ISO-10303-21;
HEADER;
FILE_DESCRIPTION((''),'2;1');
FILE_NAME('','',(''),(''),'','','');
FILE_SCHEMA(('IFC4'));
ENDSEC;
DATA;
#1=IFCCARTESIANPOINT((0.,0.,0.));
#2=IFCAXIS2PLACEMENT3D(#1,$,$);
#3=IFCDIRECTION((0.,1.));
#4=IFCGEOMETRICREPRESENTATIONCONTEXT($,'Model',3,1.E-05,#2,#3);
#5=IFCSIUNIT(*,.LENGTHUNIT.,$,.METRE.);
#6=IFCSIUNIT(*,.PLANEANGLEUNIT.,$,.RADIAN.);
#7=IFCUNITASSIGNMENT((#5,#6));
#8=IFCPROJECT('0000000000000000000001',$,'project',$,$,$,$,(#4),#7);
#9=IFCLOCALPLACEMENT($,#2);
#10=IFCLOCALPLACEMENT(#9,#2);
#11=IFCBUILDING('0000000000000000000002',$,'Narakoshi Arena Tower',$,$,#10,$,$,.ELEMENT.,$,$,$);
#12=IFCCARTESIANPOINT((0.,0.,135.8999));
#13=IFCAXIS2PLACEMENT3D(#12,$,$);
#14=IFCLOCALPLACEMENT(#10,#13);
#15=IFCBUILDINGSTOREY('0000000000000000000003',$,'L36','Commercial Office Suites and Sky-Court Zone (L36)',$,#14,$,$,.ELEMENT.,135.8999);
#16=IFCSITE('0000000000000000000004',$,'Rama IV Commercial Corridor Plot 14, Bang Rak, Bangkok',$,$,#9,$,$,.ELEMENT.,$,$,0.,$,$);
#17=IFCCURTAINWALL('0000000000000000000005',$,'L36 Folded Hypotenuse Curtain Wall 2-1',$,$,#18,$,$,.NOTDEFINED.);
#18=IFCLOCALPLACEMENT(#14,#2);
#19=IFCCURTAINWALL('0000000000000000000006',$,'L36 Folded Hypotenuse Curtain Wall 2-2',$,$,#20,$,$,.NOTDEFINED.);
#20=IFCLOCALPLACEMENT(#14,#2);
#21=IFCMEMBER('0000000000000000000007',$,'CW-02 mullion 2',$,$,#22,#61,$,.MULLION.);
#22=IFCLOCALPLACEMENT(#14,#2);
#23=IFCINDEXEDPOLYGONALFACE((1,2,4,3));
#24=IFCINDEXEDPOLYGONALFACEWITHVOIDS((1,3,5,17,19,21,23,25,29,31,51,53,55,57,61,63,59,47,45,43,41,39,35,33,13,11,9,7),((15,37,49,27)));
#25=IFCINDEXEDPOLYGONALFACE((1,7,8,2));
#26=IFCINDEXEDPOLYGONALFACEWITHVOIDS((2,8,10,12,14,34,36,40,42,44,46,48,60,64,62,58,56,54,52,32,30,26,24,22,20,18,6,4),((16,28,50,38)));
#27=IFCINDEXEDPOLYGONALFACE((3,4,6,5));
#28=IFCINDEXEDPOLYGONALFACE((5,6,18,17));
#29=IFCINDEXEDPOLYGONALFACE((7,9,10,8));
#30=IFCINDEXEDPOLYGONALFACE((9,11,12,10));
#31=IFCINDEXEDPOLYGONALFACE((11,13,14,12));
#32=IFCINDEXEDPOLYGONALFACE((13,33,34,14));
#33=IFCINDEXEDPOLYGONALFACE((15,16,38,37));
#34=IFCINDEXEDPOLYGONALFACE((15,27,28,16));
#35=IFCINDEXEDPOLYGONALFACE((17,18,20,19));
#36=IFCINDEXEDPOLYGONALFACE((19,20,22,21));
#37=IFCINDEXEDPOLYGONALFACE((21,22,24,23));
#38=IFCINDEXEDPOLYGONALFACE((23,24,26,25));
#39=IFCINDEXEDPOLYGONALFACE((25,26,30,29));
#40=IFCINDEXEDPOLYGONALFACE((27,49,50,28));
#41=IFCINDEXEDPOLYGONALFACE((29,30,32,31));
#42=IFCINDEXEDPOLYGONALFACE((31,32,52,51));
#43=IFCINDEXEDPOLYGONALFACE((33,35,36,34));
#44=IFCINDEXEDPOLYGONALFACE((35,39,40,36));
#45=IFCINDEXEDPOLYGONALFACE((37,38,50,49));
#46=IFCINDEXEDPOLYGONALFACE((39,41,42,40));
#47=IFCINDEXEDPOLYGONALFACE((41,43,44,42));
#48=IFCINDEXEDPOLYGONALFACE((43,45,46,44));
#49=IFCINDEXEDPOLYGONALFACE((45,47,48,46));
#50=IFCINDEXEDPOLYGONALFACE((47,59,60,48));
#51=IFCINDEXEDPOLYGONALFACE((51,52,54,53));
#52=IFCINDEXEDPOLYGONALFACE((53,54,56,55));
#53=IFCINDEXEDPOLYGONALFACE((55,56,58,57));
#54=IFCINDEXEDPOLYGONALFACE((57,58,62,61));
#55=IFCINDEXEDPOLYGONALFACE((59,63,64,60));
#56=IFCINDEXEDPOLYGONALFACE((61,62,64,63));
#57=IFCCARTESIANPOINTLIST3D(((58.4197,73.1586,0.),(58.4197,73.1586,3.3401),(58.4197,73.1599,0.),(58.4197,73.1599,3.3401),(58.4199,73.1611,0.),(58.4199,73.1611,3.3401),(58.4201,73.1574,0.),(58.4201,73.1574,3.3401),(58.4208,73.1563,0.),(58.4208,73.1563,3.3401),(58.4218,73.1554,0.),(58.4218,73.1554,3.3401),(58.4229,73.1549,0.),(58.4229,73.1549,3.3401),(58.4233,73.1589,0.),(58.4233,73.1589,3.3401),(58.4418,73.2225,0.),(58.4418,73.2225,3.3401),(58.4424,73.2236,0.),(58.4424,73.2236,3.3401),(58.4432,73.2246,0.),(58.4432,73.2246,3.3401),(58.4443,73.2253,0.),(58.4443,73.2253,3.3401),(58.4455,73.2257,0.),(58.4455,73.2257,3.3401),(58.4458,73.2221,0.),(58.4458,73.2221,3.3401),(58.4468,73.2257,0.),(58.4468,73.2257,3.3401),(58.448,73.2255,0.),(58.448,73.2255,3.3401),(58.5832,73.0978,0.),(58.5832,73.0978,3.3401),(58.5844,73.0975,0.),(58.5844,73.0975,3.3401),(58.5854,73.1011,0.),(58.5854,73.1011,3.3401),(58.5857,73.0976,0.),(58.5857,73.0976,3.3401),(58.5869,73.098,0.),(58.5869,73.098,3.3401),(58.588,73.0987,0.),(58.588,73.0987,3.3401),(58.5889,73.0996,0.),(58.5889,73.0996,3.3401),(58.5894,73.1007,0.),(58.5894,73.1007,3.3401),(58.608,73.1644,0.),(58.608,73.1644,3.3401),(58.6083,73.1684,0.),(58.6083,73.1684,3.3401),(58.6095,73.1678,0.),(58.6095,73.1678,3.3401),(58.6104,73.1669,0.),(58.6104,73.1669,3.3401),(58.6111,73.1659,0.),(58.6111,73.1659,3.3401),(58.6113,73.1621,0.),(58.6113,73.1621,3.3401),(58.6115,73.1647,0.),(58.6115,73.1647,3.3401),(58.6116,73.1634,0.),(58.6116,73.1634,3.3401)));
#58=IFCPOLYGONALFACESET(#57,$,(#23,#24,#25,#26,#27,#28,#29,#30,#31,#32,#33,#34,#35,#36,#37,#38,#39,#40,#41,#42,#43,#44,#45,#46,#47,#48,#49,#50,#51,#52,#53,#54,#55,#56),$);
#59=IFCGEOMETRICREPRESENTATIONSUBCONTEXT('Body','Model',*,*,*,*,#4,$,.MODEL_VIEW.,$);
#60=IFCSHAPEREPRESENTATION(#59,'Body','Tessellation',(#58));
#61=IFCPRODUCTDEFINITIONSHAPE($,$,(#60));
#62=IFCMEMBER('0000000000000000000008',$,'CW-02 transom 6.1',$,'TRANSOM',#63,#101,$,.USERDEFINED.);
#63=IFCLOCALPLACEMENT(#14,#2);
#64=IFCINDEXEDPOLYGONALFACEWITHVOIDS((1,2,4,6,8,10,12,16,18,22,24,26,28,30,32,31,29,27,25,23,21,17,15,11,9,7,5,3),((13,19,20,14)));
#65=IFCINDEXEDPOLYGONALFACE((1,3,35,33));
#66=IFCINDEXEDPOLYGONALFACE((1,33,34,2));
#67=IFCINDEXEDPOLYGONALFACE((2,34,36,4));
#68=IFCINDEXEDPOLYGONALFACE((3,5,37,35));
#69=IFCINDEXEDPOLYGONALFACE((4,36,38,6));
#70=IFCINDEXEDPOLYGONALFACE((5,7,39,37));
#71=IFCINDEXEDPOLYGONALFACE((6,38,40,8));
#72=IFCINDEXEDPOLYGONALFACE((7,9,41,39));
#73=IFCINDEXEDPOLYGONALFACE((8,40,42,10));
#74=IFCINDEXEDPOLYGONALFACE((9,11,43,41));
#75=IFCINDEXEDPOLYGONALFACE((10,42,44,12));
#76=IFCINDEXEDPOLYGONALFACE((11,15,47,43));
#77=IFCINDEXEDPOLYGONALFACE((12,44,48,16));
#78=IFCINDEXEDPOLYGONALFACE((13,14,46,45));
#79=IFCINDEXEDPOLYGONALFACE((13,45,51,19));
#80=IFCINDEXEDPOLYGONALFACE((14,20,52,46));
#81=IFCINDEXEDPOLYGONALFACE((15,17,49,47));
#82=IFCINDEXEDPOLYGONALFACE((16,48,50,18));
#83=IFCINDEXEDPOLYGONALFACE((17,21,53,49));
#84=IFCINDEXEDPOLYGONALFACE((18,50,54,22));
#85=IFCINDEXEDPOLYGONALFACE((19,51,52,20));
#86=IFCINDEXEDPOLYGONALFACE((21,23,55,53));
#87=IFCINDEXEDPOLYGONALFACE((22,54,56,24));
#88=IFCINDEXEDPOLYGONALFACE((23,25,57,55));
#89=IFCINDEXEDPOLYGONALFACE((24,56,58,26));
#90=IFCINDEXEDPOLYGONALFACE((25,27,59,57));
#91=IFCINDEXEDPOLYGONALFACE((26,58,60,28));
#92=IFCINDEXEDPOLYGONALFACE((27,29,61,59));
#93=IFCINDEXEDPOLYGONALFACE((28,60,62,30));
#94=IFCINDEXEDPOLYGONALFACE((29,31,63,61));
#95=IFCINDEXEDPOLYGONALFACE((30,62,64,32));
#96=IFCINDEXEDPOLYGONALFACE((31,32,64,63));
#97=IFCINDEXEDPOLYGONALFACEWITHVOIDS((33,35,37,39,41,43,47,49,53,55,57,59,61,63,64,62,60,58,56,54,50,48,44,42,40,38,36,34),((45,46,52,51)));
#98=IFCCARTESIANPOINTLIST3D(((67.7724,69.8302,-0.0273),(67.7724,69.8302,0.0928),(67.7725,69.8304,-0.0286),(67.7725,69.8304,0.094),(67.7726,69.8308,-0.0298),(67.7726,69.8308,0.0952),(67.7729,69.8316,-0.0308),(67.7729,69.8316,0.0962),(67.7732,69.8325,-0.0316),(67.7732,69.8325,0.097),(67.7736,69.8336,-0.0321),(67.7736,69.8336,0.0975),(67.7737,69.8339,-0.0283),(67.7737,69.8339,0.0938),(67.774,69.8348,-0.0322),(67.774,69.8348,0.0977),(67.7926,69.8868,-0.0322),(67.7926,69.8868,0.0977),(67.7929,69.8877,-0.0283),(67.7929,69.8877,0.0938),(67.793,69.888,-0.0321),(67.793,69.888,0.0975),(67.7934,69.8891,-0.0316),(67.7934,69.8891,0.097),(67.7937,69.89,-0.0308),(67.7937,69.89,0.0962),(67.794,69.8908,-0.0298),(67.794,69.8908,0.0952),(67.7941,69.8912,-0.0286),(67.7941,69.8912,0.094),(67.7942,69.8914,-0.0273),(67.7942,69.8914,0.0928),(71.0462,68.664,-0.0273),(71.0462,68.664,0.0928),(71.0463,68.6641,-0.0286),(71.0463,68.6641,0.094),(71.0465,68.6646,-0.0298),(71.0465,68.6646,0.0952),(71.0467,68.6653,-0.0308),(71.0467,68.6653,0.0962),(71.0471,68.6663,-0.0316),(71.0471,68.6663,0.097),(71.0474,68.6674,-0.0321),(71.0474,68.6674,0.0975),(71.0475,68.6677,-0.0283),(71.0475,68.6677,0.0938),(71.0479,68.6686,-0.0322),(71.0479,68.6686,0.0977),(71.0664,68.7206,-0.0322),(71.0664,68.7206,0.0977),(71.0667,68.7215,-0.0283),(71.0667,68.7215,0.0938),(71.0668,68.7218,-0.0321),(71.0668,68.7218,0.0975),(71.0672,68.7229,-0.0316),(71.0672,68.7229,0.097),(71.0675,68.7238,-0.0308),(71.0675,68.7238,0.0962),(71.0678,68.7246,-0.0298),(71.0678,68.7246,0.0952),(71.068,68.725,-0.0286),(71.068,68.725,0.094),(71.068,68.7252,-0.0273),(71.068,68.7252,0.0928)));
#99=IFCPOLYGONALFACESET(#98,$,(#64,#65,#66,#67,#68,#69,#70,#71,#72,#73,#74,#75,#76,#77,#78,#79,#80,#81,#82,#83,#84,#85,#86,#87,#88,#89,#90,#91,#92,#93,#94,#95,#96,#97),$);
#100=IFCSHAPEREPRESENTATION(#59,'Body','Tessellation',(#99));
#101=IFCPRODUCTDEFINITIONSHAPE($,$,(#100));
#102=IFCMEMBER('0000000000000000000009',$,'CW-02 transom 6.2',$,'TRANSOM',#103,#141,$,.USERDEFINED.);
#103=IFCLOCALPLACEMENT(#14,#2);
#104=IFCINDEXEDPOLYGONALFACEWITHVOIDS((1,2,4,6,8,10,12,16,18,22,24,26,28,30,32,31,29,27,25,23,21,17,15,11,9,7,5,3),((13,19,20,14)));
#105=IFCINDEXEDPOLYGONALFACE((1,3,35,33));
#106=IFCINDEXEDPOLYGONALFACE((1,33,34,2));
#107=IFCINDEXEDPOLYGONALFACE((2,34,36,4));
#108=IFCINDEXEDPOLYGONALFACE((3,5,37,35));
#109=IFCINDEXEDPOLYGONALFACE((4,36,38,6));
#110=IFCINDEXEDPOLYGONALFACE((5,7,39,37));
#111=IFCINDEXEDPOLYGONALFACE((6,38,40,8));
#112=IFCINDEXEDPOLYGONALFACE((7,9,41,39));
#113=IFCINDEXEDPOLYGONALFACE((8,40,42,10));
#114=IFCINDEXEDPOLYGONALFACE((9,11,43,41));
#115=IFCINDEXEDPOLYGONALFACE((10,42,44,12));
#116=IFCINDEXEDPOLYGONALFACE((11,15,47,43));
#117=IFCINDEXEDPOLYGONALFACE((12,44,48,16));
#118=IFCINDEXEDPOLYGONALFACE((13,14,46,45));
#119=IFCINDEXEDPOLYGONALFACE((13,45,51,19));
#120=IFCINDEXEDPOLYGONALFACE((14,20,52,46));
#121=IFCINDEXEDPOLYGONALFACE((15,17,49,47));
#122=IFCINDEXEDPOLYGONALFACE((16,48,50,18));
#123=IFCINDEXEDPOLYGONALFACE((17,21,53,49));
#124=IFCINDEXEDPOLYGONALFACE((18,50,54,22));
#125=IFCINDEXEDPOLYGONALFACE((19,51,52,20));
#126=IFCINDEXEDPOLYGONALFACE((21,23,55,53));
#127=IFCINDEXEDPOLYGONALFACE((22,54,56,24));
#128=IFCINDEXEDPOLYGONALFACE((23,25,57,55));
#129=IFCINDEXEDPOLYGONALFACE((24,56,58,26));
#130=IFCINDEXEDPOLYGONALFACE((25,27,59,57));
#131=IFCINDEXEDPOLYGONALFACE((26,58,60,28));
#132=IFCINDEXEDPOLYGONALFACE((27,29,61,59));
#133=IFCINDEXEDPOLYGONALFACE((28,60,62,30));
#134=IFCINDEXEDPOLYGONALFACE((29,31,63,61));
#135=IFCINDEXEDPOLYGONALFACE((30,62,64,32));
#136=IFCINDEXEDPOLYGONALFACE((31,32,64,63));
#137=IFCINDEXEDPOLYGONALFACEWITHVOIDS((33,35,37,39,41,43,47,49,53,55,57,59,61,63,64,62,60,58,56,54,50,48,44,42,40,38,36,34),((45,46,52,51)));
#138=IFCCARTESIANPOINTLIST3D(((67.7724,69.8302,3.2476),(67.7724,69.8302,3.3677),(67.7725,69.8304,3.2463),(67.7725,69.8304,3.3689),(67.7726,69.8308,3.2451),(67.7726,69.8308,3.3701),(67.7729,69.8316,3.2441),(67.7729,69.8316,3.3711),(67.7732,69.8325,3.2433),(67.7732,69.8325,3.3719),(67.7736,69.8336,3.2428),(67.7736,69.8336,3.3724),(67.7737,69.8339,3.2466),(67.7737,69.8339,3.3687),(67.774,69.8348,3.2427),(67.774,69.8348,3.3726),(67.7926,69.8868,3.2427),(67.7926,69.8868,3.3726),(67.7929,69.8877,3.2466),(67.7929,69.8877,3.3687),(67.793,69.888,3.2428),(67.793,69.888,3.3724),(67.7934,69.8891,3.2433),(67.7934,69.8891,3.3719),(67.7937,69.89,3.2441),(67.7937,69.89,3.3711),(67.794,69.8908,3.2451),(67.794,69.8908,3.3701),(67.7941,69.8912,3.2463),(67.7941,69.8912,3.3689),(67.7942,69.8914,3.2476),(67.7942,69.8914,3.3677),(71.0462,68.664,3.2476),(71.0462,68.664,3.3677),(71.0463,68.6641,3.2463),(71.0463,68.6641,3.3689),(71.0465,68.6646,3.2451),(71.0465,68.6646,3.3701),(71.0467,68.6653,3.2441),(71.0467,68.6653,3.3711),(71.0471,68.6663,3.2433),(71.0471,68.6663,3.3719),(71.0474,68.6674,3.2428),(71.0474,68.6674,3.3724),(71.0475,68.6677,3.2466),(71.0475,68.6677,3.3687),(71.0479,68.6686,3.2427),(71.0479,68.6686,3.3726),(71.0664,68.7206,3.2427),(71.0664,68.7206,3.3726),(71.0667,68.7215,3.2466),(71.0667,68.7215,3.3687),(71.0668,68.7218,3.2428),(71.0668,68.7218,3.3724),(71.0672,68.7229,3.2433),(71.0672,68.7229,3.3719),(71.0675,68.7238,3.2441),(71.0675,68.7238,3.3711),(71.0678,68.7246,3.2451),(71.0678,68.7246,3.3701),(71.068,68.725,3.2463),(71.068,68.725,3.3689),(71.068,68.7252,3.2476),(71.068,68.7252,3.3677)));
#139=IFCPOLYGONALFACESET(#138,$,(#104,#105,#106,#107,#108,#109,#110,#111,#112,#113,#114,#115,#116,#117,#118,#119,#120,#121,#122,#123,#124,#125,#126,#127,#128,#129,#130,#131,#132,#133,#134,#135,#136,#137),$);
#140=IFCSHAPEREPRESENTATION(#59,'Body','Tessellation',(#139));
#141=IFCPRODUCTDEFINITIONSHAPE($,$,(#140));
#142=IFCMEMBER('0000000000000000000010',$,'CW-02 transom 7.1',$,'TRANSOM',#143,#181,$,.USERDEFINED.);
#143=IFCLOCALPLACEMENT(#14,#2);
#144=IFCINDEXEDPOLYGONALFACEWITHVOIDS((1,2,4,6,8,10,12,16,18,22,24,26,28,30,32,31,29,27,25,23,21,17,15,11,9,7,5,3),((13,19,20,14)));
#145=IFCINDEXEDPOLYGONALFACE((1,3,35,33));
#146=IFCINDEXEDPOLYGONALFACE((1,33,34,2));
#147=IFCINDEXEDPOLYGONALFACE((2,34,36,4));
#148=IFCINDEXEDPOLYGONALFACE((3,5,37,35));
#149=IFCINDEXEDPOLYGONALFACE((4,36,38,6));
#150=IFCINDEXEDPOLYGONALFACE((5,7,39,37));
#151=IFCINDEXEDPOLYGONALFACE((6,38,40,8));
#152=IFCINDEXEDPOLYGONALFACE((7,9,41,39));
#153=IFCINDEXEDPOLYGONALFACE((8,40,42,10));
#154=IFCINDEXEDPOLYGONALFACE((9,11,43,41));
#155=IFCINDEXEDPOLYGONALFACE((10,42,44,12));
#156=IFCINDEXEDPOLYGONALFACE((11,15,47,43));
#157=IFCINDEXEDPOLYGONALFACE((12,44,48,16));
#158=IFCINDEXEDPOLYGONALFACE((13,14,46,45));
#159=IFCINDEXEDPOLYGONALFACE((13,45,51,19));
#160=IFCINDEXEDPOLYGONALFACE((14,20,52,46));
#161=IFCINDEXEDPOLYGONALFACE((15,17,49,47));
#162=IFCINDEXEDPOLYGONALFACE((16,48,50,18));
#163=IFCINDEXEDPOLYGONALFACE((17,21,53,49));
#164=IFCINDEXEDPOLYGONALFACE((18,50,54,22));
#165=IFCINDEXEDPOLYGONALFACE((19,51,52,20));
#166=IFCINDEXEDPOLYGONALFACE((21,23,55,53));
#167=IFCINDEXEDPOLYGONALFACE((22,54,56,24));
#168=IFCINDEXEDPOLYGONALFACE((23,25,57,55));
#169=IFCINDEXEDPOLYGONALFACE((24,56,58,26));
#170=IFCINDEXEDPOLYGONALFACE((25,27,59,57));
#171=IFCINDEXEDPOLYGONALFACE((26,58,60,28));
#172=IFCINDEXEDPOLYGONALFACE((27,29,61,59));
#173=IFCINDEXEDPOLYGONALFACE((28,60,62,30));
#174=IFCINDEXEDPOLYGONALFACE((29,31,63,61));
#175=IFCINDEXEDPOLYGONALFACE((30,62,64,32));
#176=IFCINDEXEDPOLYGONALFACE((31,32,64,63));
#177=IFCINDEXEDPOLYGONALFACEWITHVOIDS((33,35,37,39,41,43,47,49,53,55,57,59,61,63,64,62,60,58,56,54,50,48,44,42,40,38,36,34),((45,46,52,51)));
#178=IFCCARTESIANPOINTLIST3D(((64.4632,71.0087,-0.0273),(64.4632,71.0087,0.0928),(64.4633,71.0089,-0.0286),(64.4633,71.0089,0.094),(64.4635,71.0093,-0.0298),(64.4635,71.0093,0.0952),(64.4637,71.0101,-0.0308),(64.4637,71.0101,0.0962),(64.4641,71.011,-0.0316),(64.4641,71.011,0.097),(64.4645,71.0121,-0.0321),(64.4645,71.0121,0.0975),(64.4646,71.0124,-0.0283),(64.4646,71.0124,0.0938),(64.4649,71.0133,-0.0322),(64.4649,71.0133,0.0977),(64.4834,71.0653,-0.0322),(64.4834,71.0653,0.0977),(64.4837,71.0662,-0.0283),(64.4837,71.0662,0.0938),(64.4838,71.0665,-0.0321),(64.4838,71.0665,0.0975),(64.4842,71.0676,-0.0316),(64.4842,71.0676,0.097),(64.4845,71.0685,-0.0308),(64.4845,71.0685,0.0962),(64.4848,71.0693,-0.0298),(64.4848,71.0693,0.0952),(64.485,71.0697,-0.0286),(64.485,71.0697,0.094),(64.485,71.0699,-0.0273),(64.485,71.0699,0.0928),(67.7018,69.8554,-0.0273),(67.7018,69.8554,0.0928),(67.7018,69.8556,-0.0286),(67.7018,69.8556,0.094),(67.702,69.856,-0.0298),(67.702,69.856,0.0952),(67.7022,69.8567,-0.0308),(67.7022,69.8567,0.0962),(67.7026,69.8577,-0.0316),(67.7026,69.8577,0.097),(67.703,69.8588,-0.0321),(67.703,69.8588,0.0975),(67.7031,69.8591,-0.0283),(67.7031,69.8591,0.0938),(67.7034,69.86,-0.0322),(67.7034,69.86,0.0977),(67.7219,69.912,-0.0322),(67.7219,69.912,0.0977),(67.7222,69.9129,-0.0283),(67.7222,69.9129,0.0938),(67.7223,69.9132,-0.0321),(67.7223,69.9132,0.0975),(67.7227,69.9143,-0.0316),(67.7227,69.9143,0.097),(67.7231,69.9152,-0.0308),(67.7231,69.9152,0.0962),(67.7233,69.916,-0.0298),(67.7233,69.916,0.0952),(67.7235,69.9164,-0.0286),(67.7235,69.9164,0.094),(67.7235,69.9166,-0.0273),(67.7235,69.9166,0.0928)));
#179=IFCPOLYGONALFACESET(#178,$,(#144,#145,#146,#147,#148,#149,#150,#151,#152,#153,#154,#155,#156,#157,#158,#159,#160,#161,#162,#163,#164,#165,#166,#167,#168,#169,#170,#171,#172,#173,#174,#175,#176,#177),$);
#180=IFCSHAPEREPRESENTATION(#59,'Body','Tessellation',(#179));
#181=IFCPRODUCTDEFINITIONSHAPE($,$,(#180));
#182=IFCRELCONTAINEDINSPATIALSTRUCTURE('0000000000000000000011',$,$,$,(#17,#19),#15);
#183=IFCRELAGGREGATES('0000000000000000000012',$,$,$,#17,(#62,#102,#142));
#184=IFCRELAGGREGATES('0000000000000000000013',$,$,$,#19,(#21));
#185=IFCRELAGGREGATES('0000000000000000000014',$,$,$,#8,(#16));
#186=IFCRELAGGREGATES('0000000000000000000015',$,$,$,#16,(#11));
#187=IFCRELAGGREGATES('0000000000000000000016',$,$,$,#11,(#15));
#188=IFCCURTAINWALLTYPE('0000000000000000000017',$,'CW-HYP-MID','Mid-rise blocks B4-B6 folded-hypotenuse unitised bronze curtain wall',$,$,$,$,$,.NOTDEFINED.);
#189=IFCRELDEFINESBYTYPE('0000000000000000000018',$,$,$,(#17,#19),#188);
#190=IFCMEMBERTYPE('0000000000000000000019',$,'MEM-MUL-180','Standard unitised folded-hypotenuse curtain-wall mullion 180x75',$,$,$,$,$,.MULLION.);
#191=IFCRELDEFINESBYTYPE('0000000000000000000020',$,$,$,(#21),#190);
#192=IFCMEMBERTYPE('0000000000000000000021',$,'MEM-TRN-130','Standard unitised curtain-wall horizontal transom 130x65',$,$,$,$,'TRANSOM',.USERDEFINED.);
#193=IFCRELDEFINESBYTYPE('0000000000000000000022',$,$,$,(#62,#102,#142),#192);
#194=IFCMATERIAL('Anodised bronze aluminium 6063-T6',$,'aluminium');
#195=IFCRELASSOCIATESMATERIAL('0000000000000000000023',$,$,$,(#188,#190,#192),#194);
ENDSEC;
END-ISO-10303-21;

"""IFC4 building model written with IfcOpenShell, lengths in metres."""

from ifc_helpers import new_model, si_unit, direction, frame, origin, origin_2d, place, context, subcontext, project, spatial, hollow_rectangle, extrude, material, material_profile, profile_set, type_object, element, aggregate, save


model = new_model("IFC4")

# Units and contexts
model_context = context("Model", 3, precision=1e-05, world=origin(), true_north=direction((0.0, 1.0)))
body_context = subcontext(model_context, "Body", "Model", "MODEL_VIEW")
ifc_project = project(units=[si_unit("LENGTHUNIT", "METRE"), si_unit("PLANEANGLEUNIT", "RADIAN")], contexts=[model_context])

# Site, building, storey
site_placement = place(None, origin())
site = spatial("IfcSite", under=ifc_project, at=site_placement, Name="Rama IV Commercial Corridor Plot 14, Bang Rak, Bangkok", CompositionType="ELEMENT", RefElevation=0.0)
building_placement = place(site_placement, origin())
building = spatial("IfcBuilding", under=site, at=building_placement, Name="Narakoshi Arena Tower", CompositionType="ELEMENT")
storey_placement = place(building_placement, frame((0.0, 0.0, 135.8999)))
storey = spatial("IfcBuildingStorey", under=building, at=storey_placement, Name="L36", Description="Commercial Office Suites and Sky-Court Zone (L36)", CompositionType="ELEMENT", Elevation=135.8999)

# Curtain walls, member
ifc_material_1 = material(Name="Anodised bronze aluminium 6063-T6", Category="aluminium")
curtain_wall_type = type_object("IfcCurtainWallType", Name="CW-HYP-MID", Description="Mid-rise blocks B4-B6 folded-hypotenuse unitised bronze curtain wall", PredefinedType="NOTDEFINED", material=ifc_material_1)
curtain_wall_1_placement = place(storey_placement, origin())
curtain_wall_1 = element("IfcCurtainWall", 1, at=curtain_wall_1_placement, inside=storey, type_object=curtain_wall_type, Name="L36 Folded Hypotenuse Curtain Wall 2-1", PredefinedType="NOTDEFINED")
ifc_material_profile_1 = material_profile(ifc_material_1, hollow_rectangle(XDim=0.075, YDim=0.1799, WallThickness=0.0039, OuterFilletRadius=0.0049, at=origin_2d()), Name="MUL180x75x4")
ifc_profile_set_1 = profile_set([ifc_material_profile_1], Name="Anodised bronze aluminium 6063-T6")
member_type_1 = type_object("IfcMemberType", Name="MEM-MUL-180", Description="Standard unitised folded-hypotenuse curtain-wall mullion 180x75", PredefinedType="MULLION", material=ifc_profile_set_1)
curtain_wall_2_placement = place(storey_placement, origin())
curtain_wall_2 = element("IfcCurtainWall", 2, at=curtain_wall_2_placement, inside=storey, type_object=curtain_wall_type, Name="L36 Folded Hypotenuse Curtain Wall 2-2", PredefinedType="NOTDEFINED")
member_1_placement = place(storey_placement, frame((58.5156, 73.1616, 0.0), z_axis=(0.0, 0.0, 1.0), x_axis=(-0.335542, -0.942025, 0.0)))
member_1 = element("IfcMember", 3, at=member_1_placement, type_object=member_type_1, Name="CW-02 mullion 2", PredefinedType="MULLION", context=body_context, shape_type="SweptSolid", body=[
    extrude(hollow_rectangle(XDim=0.075, YDim=0.1799, WallThickness=0.0039, OuterFilletRadius=0.0049, at=origin_2d()), origin(), (0.0, 0.0, 1.0), 3.3401),
])

# Members
ifc_material_profile_2 = material_profile(ifc_material_1, hollow_rectangle(XDim=0.0649, YDim=0.1299, WallThickness=0.0039, OuterFilletRadius=0.0049, at=origin_2d()), Name="TRN130x65x4")
ifc_profile_set_2 = profile_set([ifc_material_profile_2], Name="Anodised bronze aluminium 6063-T6")
member_type_2 = type_object("IfcMemberType", Name="MEM-TRN-130", Description="Standard unitised curtain-wall horizontal transom 130x65", ElementType="TRANSOM", PredefinedType="USERDEFINED", material=ifc_profile_set_2)
member_2_placement = place(storey_placement, frame((71.0571, 68.6946, 0.0327), z_axis=(-0.942015, 0.335571, 0.0), x_axis=(-0.335571, -0.942015, 0.0)))
member_2 = element("IfcMember", 4, at=member_2_placement, type_object=member_type_2, Name="CW-02 transom 6.1", ObjectType="TRANSOM", PredefinedType="USERDEFINED", context=body_context, shape_type="SweptSolid", body=[
    extrude(hollow_rectangle(XDim=0.0649, YDim=0.1299, WallThickness=0.0039, OuterFilletRadius=0.0049, at=origin_2d()), origin(), (0.0, 0.0, 1.0), 3.4753),
])
member_3_placement = place(storey_placement, frame((71.0571, 68.6946, 3.3076), z_axis=(-0.942015, 0.335571, 0.0), x_axis=(-0.335571, -0.942015, 0.0)))
member_3 = element("IfcMember", 5, at=member_3_placement, type_object=member_type_2, Name="CW-02 transom 6.2", ObjectType="TRANSOM", PredefinedType="USERDEFINED", context=body_context, shape_type="SweptSolid", body=[
    extrude(hollow_rectangle(XDim=0.0649, YDim=0.1299, WallThickness=0.0039, OuterFilletRadius=0.0049, at=origin_2d()), origin(), (0.0, 0.0, 1.0), 3.4753),
])
member_4_placement = place(storey_placement, frame((67.7126, 69.886, 0.0327), z_axis=(-0.942045, 0.335486, 0.0), x_axis=(-0.335486, -0.942045, 0.0)))
member_4 = element("IfcMember", 6, at=member_4_placement, type_object=member_type_2, Name="CW-02 transom 7.1", ObjectType="TRANSOM", PredefinedType="USERDEFINED", context=body_context, shape_type="SweptSolid", body=[
    extrude(hollow_rectangle(XDim=0.0649, YDim=0.1299, WallThickness=0.0039, OuterFilletRadius=0.0049, at=origin_2d()), origin(), (0.0, 0.0, 1.0), 3.4377),
])

aggregate(curtain_wall_1, [member_2, member_3, member_4])
aggregate(curtain_wall_2, [member_1])

save(model, "model.ifc")
